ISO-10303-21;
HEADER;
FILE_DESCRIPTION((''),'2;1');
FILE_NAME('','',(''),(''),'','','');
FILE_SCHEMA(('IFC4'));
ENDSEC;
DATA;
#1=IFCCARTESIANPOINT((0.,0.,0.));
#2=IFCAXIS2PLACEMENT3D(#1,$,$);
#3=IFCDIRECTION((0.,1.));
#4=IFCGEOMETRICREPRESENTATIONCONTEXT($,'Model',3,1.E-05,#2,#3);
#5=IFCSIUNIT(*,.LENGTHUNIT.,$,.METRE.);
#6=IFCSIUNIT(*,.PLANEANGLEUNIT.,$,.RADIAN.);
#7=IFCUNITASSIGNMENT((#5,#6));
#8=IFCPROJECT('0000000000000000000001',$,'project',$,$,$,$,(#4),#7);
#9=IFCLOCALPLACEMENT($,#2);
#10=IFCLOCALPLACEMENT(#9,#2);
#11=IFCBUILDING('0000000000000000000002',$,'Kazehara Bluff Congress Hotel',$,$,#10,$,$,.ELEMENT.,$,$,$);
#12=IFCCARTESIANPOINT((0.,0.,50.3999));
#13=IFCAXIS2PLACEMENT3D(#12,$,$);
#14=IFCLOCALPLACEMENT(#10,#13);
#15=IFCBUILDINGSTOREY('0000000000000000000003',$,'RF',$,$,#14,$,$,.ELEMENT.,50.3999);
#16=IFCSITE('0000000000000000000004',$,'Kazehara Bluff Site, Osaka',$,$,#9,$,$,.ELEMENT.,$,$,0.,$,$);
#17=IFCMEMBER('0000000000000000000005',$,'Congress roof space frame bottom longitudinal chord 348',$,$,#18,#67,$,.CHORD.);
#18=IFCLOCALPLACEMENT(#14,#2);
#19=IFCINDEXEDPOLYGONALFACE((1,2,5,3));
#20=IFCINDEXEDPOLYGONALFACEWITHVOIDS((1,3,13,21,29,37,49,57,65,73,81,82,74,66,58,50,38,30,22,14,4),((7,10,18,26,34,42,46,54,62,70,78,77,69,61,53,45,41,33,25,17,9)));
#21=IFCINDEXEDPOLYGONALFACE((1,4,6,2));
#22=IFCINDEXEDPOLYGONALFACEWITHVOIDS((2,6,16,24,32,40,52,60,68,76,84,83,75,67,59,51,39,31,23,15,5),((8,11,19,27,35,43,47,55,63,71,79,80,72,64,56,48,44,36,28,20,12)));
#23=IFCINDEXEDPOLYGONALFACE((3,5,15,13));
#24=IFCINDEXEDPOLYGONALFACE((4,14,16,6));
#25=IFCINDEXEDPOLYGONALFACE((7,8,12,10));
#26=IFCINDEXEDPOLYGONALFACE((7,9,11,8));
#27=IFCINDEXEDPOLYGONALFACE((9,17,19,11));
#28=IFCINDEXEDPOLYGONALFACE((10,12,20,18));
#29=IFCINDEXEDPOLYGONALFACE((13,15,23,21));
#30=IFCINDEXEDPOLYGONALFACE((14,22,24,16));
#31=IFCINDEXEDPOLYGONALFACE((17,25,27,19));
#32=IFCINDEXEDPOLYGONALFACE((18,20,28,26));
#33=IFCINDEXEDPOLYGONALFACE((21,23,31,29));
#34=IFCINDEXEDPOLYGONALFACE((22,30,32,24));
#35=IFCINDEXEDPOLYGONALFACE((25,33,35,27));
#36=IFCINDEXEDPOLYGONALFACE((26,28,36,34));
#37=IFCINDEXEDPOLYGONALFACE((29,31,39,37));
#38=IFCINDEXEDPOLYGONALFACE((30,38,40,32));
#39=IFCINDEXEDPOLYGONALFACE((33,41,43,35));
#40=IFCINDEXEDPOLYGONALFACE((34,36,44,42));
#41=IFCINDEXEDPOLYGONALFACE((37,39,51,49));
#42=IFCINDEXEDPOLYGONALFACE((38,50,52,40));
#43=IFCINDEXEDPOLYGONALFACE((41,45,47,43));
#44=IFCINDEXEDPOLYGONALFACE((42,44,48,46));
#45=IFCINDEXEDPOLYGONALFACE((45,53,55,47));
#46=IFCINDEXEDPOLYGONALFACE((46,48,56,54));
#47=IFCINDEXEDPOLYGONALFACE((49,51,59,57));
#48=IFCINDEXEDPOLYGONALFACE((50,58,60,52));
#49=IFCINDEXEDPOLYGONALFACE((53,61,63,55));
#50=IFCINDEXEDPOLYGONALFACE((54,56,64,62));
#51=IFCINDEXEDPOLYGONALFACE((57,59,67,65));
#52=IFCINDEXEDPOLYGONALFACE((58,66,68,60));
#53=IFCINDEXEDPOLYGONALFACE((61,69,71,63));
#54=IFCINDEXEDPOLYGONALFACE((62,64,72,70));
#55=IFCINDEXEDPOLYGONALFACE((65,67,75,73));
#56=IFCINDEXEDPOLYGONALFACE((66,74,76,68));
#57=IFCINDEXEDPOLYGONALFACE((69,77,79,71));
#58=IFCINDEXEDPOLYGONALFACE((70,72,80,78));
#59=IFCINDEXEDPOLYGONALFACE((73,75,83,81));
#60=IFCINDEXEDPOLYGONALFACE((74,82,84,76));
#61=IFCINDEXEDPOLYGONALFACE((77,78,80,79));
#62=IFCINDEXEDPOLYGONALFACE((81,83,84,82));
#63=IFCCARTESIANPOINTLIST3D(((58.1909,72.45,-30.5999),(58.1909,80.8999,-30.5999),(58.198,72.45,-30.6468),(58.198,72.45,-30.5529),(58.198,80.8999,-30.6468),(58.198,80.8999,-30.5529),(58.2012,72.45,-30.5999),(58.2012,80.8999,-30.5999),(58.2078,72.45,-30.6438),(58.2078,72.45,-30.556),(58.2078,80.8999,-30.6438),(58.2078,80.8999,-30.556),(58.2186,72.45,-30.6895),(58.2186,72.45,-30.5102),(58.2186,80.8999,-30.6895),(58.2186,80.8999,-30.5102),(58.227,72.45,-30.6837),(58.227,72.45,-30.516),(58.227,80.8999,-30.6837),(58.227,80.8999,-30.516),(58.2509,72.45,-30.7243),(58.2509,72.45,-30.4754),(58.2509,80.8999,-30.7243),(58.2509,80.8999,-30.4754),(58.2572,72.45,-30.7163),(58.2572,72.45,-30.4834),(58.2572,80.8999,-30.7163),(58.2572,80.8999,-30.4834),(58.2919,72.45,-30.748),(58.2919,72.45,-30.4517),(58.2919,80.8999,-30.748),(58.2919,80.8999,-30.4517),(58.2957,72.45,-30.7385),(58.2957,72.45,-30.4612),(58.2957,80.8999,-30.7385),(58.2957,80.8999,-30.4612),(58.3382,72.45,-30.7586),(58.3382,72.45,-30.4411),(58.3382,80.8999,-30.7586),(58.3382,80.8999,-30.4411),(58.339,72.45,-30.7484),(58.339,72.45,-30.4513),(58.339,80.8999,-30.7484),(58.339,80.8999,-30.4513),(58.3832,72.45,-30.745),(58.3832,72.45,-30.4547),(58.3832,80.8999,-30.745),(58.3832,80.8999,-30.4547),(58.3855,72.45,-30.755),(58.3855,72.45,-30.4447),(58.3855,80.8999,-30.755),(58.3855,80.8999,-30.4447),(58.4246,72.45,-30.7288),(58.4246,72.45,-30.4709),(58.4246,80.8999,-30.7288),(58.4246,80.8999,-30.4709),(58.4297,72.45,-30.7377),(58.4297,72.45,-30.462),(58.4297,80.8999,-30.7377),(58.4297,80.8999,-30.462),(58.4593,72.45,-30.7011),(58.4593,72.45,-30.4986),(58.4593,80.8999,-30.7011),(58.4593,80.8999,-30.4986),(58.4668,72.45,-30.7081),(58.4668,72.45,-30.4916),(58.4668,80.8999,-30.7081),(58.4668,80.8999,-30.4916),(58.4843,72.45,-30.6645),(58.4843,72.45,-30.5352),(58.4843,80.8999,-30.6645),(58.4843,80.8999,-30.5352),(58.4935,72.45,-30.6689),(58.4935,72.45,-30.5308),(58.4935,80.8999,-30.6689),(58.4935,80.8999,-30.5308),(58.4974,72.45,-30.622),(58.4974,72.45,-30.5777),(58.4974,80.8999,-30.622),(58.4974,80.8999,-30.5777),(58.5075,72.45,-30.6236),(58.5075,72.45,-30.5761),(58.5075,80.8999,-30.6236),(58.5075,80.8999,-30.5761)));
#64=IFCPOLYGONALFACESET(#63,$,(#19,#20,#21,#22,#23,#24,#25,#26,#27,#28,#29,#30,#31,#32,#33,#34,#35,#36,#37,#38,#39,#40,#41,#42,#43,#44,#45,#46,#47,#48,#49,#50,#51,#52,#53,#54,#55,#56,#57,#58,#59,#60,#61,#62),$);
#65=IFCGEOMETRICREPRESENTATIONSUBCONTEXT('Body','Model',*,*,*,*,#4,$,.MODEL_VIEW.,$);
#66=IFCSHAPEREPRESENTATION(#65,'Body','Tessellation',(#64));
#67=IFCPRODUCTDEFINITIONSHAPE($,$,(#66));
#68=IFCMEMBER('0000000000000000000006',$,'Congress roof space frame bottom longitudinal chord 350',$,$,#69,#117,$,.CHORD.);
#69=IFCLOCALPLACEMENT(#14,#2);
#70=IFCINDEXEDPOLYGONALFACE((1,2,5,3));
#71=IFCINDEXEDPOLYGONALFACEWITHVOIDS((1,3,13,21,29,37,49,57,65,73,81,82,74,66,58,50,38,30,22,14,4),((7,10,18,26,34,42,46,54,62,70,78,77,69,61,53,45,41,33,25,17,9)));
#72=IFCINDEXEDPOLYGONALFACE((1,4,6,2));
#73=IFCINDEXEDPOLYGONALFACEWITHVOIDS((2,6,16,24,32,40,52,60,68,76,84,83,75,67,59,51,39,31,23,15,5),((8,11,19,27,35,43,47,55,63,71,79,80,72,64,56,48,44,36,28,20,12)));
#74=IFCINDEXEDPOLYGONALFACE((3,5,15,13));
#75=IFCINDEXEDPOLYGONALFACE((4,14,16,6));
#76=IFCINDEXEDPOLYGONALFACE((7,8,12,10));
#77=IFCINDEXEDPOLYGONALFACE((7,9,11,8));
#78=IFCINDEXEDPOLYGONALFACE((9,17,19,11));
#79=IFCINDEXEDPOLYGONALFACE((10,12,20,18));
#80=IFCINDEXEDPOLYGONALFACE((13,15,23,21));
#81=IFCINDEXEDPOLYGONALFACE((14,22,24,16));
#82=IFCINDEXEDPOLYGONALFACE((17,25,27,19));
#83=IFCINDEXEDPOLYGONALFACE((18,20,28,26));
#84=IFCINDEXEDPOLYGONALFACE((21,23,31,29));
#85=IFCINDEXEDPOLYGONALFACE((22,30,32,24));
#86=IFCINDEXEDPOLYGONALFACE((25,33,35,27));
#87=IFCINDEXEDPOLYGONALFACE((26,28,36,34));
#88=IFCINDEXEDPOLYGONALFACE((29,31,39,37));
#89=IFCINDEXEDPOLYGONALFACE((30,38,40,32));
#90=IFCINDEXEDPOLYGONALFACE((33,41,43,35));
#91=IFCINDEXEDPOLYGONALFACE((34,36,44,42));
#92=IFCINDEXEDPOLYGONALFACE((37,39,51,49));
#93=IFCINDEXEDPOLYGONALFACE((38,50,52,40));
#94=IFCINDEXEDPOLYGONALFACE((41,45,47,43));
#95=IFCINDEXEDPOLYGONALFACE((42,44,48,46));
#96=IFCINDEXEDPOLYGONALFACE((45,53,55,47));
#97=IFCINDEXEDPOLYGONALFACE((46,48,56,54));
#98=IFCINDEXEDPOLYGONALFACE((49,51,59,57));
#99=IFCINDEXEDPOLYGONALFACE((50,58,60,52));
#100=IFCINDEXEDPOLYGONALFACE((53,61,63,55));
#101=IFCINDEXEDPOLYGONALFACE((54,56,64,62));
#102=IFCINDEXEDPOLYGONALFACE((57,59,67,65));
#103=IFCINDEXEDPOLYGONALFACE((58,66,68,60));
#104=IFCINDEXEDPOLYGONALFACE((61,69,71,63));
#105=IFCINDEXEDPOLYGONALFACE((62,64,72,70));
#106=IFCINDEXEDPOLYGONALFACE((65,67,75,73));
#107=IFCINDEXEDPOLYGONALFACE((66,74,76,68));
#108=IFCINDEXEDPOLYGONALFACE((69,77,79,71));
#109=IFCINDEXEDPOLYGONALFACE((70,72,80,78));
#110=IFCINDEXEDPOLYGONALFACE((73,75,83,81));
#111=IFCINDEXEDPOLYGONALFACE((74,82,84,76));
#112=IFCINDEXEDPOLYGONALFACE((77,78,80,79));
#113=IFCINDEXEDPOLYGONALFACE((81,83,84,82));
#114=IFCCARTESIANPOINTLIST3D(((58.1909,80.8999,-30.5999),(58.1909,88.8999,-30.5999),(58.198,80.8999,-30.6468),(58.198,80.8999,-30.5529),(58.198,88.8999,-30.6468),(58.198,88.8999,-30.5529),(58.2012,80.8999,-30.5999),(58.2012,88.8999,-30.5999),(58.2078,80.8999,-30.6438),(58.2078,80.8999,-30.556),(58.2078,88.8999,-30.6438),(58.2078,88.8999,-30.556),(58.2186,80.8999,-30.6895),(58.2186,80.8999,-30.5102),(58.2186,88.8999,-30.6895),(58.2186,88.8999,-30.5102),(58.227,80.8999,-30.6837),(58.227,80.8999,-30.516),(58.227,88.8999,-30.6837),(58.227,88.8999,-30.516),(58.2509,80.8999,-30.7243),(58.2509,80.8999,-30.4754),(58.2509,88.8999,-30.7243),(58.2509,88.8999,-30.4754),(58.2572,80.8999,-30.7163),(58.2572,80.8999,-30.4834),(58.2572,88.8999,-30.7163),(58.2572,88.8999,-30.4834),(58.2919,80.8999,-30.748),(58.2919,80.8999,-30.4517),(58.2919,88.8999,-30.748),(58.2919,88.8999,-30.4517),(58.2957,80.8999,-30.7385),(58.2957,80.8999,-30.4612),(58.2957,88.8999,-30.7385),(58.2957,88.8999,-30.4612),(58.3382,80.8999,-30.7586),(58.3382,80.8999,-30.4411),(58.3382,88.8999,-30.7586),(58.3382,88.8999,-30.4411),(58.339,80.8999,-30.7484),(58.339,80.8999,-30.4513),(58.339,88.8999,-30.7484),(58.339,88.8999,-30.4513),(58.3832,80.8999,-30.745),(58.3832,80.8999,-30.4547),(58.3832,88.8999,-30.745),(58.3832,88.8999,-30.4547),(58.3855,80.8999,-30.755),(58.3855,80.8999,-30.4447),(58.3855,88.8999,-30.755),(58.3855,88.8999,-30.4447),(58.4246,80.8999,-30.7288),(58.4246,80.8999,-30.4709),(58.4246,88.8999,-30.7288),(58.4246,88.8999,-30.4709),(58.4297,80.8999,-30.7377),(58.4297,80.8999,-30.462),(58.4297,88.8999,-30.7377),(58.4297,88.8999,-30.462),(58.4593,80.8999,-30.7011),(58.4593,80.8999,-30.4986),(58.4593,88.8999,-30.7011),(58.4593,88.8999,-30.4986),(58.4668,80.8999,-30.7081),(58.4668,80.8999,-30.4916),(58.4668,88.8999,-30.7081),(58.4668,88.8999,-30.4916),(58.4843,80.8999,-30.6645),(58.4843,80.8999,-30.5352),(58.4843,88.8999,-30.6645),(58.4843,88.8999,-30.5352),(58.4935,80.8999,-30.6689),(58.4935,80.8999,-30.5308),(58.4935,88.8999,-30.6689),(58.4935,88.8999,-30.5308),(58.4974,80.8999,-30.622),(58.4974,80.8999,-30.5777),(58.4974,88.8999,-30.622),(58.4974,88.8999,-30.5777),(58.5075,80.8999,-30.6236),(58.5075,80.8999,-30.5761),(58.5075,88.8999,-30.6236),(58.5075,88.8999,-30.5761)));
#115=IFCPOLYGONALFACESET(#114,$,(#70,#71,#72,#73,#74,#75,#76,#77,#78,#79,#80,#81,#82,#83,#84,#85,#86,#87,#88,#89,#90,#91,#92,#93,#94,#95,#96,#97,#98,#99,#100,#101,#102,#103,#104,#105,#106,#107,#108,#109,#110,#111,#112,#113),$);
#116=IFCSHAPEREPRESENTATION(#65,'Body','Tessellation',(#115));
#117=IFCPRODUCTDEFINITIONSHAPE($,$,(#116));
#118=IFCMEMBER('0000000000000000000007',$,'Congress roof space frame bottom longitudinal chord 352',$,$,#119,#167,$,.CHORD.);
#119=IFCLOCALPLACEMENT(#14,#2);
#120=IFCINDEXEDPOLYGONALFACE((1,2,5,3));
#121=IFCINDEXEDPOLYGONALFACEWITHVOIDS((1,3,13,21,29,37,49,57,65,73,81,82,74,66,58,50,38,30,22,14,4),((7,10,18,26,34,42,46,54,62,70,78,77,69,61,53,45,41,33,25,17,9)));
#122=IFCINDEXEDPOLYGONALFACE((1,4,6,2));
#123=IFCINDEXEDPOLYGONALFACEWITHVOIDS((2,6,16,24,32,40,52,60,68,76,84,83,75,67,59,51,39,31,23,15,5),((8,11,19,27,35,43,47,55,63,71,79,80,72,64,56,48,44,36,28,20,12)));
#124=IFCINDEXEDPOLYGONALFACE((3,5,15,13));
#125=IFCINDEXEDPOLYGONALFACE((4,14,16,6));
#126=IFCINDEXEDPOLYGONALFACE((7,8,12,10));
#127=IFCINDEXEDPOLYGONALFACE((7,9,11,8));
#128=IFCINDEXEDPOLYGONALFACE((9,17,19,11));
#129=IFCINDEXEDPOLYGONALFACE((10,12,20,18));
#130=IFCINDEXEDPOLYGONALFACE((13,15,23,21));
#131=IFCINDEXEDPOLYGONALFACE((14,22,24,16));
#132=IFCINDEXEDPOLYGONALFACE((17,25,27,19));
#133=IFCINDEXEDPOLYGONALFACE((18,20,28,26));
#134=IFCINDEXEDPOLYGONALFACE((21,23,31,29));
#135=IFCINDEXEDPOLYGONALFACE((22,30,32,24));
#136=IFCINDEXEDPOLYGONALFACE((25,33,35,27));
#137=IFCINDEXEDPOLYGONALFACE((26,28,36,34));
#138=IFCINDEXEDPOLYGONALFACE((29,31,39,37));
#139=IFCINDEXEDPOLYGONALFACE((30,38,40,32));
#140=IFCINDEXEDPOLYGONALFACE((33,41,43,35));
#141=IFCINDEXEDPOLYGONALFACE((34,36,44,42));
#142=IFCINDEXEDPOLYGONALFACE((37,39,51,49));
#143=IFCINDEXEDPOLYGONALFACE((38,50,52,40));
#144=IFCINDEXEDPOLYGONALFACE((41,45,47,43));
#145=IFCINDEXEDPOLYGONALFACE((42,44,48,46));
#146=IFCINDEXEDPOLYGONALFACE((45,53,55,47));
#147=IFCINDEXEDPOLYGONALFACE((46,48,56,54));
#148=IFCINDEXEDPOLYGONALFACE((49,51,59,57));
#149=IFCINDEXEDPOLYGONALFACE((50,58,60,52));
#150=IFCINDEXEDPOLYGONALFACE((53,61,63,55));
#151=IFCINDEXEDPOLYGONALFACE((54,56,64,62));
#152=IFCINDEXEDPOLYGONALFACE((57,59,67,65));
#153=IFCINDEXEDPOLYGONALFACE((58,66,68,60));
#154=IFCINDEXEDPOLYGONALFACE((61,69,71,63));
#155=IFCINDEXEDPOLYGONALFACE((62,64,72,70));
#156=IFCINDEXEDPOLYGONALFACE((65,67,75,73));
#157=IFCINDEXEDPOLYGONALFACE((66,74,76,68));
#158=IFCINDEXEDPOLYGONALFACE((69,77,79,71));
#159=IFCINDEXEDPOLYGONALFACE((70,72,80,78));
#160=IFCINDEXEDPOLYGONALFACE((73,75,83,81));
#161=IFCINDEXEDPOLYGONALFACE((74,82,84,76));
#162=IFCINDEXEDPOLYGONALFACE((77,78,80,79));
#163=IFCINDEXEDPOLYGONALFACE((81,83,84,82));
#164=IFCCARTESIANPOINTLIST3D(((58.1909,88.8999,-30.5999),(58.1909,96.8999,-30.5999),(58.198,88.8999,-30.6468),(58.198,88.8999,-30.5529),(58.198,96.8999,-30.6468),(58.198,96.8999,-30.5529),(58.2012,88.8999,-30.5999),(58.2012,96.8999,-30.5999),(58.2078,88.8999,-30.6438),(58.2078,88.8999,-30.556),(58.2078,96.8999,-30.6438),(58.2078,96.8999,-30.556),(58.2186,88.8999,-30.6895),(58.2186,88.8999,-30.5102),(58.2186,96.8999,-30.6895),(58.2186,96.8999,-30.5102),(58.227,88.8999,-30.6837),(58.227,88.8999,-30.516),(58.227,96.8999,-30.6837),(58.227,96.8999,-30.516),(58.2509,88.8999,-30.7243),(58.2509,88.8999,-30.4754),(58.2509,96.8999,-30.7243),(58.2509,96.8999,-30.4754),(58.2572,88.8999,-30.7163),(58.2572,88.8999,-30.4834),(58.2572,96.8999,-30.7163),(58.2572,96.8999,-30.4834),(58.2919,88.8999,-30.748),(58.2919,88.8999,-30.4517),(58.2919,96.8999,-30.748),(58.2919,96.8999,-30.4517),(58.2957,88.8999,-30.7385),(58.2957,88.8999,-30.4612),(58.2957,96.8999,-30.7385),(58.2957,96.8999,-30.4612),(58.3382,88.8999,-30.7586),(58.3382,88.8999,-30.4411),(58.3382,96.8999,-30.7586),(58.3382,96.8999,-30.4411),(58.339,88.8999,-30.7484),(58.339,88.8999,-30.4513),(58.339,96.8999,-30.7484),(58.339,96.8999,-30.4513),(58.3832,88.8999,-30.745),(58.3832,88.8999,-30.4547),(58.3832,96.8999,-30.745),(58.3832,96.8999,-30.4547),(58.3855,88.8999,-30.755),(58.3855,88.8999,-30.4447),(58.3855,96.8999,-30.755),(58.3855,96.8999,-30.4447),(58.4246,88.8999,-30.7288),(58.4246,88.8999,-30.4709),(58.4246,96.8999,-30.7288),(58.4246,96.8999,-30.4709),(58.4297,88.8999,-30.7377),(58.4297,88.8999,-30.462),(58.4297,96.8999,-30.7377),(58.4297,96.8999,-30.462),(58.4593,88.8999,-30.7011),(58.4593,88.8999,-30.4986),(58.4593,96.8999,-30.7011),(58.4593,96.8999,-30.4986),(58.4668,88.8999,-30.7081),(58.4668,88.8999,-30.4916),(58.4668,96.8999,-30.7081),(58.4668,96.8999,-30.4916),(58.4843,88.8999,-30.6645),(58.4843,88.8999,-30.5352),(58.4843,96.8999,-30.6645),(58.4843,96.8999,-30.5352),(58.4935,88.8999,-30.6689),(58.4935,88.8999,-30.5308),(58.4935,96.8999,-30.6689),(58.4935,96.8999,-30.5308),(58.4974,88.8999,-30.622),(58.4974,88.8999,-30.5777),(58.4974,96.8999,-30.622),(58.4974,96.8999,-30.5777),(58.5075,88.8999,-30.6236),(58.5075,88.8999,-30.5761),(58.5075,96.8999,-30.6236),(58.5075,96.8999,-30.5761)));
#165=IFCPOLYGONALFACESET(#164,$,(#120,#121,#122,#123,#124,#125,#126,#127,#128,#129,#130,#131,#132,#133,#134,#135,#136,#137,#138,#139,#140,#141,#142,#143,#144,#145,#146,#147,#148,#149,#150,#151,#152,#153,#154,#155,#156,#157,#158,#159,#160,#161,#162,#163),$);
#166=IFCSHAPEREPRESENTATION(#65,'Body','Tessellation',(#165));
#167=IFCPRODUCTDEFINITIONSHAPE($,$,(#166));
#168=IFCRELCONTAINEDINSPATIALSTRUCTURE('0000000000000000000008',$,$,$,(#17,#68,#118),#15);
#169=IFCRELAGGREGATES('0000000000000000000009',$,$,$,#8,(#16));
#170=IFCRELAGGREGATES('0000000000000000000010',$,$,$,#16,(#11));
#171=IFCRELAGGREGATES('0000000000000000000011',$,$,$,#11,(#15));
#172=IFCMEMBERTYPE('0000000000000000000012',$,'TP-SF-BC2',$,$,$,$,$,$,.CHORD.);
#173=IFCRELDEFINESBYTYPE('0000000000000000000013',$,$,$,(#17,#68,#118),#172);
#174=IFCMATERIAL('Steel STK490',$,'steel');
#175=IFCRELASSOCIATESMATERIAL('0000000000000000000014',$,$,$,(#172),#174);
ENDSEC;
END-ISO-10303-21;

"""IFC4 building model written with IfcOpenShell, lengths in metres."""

from ifc_helpers import new_model, si_unit, direction, frame, origin, origin_2d, place, context, subcontext, project, spatial, hollow_circle, extrude, material, material_profile, profile_set, type_object, element, save


model = new_model("IFC4")

# Units and contexts
model_context = context("Model", 3, precision=1e-05, world=origin(), true_north=direction((0.0, 1.0)))
body_context = subcontext(model_context, "Body", "Model", "MODEL_VIEW")
ifc_project = project(units=[si_unit("LENGTHUNIT", "METRE"), si_unit("PLANEANGLEUNIT", "RADIAN")], contexts=[model_context])

# Site, building, storey
site_placement = place(None, origin())
site = spatial("IfcSite", under=ifc_project, at=site_placement, Name="Kazehara Bluff Site, Osaka", CompositionType="ELEMENT", RefElevation=0.0)
building_placement = place(site_placement, origin())
building = spatial("IfcBuilding", under=site, at=building_placement, Name="Kazehara Bluff Congress Hotel", CompositionType="ELEMENT")
storey_placement = place(building_placement, frame((0.0, 0.0, 50.3999)))
storey = spatial("IfcBuildingStorey", under=building, at=storey_placement, Name="RF", CompositionType="ELEMENT", Elevation=50.3999)

# Members
ifc_material_1 = material(Name="Steel STK490", Category="steel")
ifc_material_profile_1 = material_profile(ifc_material_1, hollow_circle(Radius=0.1592, WallThickness=0.0103, at=origin_2d()))
ifc_profile_set_1 = profile_set([ifc_material_profile_1], Name="Steel STK490")
member_type_1 = type_object("IfcMemberType", Name="TP-SF-BC2", PredefinedType="CHORD", material=ifc_profile_set_1)
member_1_placement = place(storey_placement, frame((58.3501, 72.45, -30.5999), z_axis=(0.0, 1.0, 0.0), x_axis=(-1.0, 0.0, 0.0)))
element("IfcMember", 1, at=member_1_placement, inside=storey, type_object=member_type_1, Name="Congress roof space frame bottom longitudinal chord 348", PredefinedType="CHORD", context=body_context, shape_type="SweptSolid", body=[
    extrude(hollow_circle(Radius=0.1592, WallThickness=0.0103, at=origin_2d()), origin(), (0.0, 0.0, 1.0), 8.45),
])
for number, where, z_axis, x_axis, name in (
    (2, (58.3501, 80.8999, -30.5999), (0.0, 1.0, 0.0), (-1.0, 0.0, 0.0), "Congress roof space frame bottom longitudinal chord 350"),
    (3, (58.3501, 88.8999, -30.5999), (0.0, 1.0, 0.0), (-1.0, 0.0, 0.0), "Congress roof space frame bottom longitudinal chord 352"),
):
    element("IfcMember", number, at=place(storey_placement, frame(where, z_axis=z_axis, x_axis=x_axis)), inside=storey, type_object=member_type_1, Name=name, PredefinedType="CHORD", context=body_context, shape_type="SweptSolid", body=[
        extrude(hollow_circle(Radius=0.1592, WallThickness=0.0103, at=origin_2d()), origin(), (0.0, 0.0, 1.0), 8.0),
    ])

save(model, "model.ifc")
